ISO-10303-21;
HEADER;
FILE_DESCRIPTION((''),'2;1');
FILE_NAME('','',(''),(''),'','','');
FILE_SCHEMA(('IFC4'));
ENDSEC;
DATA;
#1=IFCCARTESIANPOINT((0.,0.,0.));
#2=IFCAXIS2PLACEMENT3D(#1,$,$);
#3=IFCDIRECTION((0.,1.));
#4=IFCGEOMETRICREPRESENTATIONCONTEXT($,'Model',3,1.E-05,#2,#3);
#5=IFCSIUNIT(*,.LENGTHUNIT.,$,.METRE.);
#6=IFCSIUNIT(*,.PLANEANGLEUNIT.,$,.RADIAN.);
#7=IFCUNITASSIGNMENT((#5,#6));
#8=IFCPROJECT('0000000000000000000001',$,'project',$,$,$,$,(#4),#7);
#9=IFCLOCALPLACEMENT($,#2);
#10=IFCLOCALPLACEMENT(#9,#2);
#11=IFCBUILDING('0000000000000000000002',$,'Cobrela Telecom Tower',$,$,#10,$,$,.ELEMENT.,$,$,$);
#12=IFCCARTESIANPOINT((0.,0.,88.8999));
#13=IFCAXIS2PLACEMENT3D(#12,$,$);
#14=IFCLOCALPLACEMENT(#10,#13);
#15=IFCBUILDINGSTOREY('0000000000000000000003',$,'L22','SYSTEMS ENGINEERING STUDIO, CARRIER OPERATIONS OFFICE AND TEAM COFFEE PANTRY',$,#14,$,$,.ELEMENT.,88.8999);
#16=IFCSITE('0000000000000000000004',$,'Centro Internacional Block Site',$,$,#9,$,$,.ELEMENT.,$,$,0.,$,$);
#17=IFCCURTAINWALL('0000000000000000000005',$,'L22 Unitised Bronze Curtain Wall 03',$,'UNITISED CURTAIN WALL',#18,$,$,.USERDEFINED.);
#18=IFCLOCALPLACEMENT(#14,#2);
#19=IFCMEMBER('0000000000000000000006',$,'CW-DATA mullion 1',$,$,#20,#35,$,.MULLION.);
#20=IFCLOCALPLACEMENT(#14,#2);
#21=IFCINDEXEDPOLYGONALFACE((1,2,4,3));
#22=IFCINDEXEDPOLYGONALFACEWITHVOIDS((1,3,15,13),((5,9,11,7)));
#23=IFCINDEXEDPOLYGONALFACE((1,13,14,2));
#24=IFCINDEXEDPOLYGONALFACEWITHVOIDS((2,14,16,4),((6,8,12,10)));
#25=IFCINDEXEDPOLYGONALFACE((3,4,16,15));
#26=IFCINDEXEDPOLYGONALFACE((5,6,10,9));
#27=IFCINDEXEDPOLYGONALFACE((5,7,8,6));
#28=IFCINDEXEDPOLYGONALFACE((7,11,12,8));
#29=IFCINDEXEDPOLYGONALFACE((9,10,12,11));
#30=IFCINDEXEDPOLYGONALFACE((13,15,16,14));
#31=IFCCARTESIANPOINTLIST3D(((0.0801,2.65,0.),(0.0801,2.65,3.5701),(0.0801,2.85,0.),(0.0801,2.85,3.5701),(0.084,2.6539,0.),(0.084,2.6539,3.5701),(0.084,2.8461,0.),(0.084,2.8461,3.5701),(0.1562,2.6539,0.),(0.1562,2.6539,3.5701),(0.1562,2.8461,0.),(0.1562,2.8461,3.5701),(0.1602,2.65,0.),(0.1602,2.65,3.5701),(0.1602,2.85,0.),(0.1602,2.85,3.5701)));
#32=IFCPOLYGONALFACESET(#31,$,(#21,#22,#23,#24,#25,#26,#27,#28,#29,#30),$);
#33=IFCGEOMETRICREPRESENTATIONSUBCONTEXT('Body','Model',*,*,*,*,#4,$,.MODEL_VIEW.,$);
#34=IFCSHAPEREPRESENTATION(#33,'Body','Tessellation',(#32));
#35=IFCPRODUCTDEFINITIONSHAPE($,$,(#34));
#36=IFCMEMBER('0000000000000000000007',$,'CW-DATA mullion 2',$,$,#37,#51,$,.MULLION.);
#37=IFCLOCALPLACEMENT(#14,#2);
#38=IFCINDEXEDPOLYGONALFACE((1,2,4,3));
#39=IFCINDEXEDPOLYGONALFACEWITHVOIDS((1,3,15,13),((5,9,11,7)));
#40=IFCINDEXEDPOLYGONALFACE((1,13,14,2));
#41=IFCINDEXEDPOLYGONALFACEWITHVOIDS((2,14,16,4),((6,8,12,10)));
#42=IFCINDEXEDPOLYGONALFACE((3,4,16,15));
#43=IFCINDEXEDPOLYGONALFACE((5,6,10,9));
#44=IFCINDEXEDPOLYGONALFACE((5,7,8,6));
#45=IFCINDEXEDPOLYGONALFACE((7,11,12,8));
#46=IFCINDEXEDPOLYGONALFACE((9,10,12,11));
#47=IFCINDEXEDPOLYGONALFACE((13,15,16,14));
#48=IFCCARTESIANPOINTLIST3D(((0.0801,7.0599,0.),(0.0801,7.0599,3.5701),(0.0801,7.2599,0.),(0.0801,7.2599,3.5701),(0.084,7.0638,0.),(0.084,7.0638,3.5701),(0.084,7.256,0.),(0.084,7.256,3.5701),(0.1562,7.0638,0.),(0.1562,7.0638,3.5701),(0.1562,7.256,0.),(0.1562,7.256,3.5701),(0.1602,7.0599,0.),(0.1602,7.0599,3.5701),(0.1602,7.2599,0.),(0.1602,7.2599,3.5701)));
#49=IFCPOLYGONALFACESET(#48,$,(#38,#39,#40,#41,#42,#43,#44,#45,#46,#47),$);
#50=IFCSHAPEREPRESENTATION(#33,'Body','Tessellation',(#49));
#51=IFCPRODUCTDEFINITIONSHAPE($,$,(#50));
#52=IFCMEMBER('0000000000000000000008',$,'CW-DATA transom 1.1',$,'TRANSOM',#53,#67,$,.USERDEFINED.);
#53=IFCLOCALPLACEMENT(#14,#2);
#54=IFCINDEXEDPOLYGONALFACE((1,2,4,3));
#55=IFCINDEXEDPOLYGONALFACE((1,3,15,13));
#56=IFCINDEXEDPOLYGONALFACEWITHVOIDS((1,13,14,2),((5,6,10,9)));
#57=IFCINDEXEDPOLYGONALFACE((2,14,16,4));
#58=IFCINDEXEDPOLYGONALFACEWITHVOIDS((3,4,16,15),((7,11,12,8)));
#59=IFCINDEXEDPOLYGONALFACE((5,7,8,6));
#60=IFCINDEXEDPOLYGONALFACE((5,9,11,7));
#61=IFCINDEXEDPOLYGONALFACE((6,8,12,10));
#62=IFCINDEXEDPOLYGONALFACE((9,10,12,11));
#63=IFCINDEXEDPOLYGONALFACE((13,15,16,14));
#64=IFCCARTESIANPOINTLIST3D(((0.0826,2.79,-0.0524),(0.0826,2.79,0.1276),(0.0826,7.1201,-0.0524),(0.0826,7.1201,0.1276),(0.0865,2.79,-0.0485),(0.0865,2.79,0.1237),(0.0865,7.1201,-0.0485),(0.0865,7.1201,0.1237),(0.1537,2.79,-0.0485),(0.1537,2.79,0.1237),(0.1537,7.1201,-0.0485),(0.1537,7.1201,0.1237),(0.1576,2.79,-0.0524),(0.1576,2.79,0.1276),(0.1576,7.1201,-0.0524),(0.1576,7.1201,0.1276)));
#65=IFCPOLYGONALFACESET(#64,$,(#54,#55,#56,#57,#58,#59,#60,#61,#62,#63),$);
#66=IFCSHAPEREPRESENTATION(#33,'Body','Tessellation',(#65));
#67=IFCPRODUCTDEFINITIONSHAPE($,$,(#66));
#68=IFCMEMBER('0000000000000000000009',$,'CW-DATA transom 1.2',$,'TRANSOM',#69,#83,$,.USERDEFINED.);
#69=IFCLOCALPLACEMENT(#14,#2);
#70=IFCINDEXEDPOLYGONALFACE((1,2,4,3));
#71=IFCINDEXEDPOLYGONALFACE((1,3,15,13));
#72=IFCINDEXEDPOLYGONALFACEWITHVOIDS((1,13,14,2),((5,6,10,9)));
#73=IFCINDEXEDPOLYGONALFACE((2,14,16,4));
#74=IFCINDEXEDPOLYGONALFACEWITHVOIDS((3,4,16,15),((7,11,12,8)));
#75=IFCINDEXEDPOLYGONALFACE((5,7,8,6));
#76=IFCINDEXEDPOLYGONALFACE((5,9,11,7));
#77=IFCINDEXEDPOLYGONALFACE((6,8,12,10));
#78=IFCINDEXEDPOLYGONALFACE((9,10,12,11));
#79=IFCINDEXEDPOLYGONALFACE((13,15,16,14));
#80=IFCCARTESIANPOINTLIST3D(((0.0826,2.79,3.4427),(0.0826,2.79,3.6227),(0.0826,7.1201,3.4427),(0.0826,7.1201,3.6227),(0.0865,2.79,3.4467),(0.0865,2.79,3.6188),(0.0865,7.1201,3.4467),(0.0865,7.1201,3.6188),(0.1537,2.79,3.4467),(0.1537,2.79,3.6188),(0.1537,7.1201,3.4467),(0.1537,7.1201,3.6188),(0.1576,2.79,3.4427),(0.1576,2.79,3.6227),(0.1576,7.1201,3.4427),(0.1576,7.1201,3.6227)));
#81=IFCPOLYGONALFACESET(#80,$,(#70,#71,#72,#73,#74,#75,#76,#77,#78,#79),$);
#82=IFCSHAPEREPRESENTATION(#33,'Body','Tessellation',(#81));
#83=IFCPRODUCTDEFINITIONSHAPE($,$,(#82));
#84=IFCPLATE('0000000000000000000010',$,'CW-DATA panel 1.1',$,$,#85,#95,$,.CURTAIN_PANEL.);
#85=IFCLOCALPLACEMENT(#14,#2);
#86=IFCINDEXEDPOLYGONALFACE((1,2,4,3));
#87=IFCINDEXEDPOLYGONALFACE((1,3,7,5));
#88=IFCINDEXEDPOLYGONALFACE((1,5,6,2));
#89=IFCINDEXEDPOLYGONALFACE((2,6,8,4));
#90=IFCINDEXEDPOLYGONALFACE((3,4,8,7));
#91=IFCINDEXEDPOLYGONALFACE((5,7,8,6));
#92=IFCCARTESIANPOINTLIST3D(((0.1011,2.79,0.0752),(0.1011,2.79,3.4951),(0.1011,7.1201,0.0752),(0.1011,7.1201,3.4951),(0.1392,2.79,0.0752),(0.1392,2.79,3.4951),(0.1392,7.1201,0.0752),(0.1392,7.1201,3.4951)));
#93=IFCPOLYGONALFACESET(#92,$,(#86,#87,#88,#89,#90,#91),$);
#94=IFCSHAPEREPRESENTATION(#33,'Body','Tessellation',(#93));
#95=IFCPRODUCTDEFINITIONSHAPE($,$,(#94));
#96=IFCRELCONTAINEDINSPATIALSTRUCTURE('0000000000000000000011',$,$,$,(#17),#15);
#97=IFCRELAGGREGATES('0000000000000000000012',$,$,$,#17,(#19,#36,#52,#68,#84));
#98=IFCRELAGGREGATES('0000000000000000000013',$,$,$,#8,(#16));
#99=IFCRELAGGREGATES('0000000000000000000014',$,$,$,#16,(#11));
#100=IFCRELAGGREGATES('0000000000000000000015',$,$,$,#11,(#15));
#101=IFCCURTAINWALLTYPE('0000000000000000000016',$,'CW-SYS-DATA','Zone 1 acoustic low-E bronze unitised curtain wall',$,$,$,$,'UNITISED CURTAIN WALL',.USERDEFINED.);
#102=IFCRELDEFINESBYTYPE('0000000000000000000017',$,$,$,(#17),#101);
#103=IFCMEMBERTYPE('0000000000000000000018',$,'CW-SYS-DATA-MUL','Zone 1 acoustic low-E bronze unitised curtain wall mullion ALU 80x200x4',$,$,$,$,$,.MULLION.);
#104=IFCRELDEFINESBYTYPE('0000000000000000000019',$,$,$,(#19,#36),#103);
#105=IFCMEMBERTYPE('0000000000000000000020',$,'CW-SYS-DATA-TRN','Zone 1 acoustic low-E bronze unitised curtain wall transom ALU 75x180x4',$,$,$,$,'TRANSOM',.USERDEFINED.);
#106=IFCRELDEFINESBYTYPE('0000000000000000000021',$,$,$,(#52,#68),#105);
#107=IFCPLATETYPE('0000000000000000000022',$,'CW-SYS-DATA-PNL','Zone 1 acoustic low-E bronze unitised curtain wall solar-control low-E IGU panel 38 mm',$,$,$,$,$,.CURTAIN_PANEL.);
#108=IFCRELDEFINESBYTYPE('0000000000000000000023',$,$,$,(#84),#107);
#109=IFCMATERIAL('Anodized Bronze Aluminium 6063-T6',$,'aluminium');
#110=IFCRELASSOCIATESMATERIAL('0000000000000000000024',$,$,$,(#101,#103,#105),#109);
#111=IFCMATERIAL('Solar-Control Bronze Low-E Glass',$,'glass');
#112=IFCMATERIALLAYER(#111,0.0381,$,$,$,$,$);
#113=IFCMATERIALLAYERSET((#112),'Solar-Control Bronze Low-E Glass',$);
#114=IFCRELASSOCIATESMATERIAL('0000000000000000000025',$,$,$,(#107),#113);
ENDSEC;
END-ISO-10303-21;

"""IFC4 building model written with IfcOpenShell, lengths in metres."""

from ifc_helpers import new_model, si_unit, direction, frame, origin, origin_2d, place, context, subcontext, project, spatial, rectangle, hollow_rectangle, extrude, material, layer, layer_set, material_profile, profile_set, type_object, element, aggregate, save


model = new_model("IFC4")

# Units and contexts
model_context = context("Model", 3, precision=1e-05, world=origin(), true_north=direction((0.0, 1.0)))
body_context = subcontext(model_context, "Body", "Model", "MODEL_VIEW")
ifc_project = project(units=[si_unit("LENGTHUNIT", "METRE"), si_unit("PLANEANGLEUNIT", "RADIAN")], contexts=[model_context])

# Site, building, storey
site_placement = place(None, origin())
site = spatial("IfcSite", under=ifc_project, at=site_placement, Name="Centro Internacional Block Site", CompositionType="ELEMENT", RefElevation=0.0)
building_placement = place(site_placement, origin())
building = spatial("IfcBuilding", under=site, at=building_placement, Name="Cobrela Telecom Tower", CompositionType="ELEMENT")
storey_placement = place(building_placement, frame((0.0, 0.0, 88.8999)))
storey = spatial("IfcBuildingStorey", under=building, at=storey_placement, Name="L22", Description="SYSTEMS ENGINEERING STUDIO, CARRIER OPERATIONS OFFICE AND TEAM COFFEE PANTRY", CompositionType="ELEMENT", Elevation=88.8999)

# Curtain wall, members, plate
ifc_material_1 = material(Name="Anodized Bronze Aluminium 6063-T6", Category="aluminium")
curtain_wall_type = type_object("IfcCurtainWallType", Name="CW-SYS-DATA", Description="Zone 1 acoustic low-E bronze unitised curtain wall", ElementType="UNITISED CURTAIN WALL", PredefinedType="USERDEFINED", material=ifc_material_1)
curtain_wall_placement = place(storey_placement, origin())
curtain_wall = element("IfcCurtainWall", 1, at=curtain_wall_placement, inside=storey, type_object=curtain_wall_type, Name="L22 Unitised Bronze Curtain Wall 03", ObjectType="UNITISED CURTAIN WALL", PredefinedType="USERDEFINED")
ifc_material_profile_1 = material_profile(ifc_material_1, hollow_rectangle(XDim=0.0801, YDim=0.2, WallThickness=0.0039, at=origin_2d()), Name="ALU 80x200x4")
ifc_profile_set_1 = profile_set([ifc_material_profile_1], Name="Anodized Bronze Aluminium 6063-T6")
member_type_1 = type_object("IfcMemberType", Name="CW-SYS-DATA-MUL", Description="Zone 1 acoustic low-E bronze unitised curtain wall mullion ALU 80x200x4", PredefinedType="MULLION", material=ifc_profile_set_1)
member_1_placement = place(storey_placement, frame((0.1201, 2.75, 0.0), z_axis=(0.0, 0.0, 1.0), x_axis=(-1.0, 0.0, 0.0)))
member_1 = element("IfcMember", 2, at=member_1_placement, type_object=member_type_1, Name="CW-DATA mullion 1", PredefinedType="MULLION", context=body_context, shape_type="SweptSolid", body=[
    extrude(hollow_rectangle(XDim=0.0801, YDim=0.2, WallThickness=0.0039, at=origin_2d()), origin(), (0.0, 0.0, 1.0), 3.5701),
])
member_2_placement = place(storey_placement, frame((0.1201, 7.1599, 0.0), z_axis=(0.0, 0.0, 1.0), x_axis=(-1.0, 0.0, 0.0)))
member_2 = element("IfcMember", 3, at=member_2_placement, type_object=member_type_1, Name="CW-DATA mullion 2", PredefinedType="MULLION", context=body_context, shape_type="SweptSolid", body=[
    extrude(hollow_rectangle(XDim=0.0801, YDim=0.2, WallThickness=0.0039, at=origin_2d()), origin(), (0.0, 0.0, 1.0), 3.5701),
])
ifc_material_profile_2 = material_profile(ifc_material_1, hollow_rectangle(XDim=0.075, YDim=0.1799, WallThickness=0.0039, at=origin_2d()), Name="ALU 75x180x4")
ifc_profile_set_2 = profile_set([ifc_material_profile_2], Name="Anodized Bronze Aluminium 6063-T6")
member_type_2 = type_object("IfcMemberType", Name="CW-SYS-DATA-TRN", Description="Zone 1 acoustic low-E bronze unitised curtain wall transom ALU 75x180x4", ElementType="TRANSOM", PredefinedType="USERDEFINED", material=ifc_profile_set_2)
member_3_placement = place(storey_placement, frame((0.1201, 2.79, 0.0376), z_axis=(0.0, 1.0, 0.0), x_axis=(-1.0, 0.0, 0.0)))
member_3 = element("IfcMember", 4, at=member_3_placement, type_object=member_type_2, Name="CW-DATA transom 1.1", ObjectType="TRANSOM", PredefinedType="USERDEFINED", context=body_context, shape_type="SweptSolid", body=[
    extrude(hollow_rectangle(XDim=0.075, YDim=0.1799, WallThickness=0.0039, at=origin_2d()), origin(), (0.0, 0.0, 1.0), 4.3301),
])
member_4_placement = place(storey_placement, frame((0.1201, 2.79, 3.5327), z_axis=(0.0, 1.0, 0.0), x_axis=(-1.0, 0.0, 0.0)))
member_4 = element("IfcMember", 5, at=member_4_placement, type_object=member_type_2, Name="CW-DATA transom 1.2", ObjectType="TRANSOM", PredefinedType="USERDEFINED", context=body_context, shape_type="SweptSolid", body=[
    extrude(hollow_rectangle(XDim=0.075, YDim=0.1799, WallThickness=0.0039, at=origin_2d()), origin(), (0.0, 0.0, 1.0), 4.3301),
])
ifc_material_2 = material(Name="Solar-Control Bronze Low-E Glass", Category="glass")
ifc_layer_1 = layer(ifc_material_2, 0.0381)
ifc_layer_set_1 = layer_set([ifc_layer_1], Name="Solar-Control Bronze Low-E Glass")
plate_type = type_object("IfcPlateType", Name="CW-SYS-DATA-PNL", Description="Zone 1 acoustic low-E bronze unitised curtain wall solar-control low-E IGU panel 38 mm", PredefinedType="CURTAIN_PANEL", material=ifc_layer_set_1)
plate_placement = place(storey_placement, frame((0.1201, 4.9551, 0.0752), z_axis=(0.0, 0.0, 1.0), x_axis=(0.0, 1.0, 0.0)))
plate = element("IfcPlate", 6, at=plate_placement, type_object=plate_type, Name="CW-DATA panel 1.1", PredefinedType="CURTAIN_PANEL", context=body_context, shape_type="SweptSolid", body=[
    extrude(rectangle(XDim=4.3301, YDim=0.0381, at=origin_2d()), origin(), (0.0, 0.0, 1.0), 3.4199),
])
aggregate(curtain_wall, [member_1, member_2, member_3, member_4, plate])

save(model, "model.ifc")
